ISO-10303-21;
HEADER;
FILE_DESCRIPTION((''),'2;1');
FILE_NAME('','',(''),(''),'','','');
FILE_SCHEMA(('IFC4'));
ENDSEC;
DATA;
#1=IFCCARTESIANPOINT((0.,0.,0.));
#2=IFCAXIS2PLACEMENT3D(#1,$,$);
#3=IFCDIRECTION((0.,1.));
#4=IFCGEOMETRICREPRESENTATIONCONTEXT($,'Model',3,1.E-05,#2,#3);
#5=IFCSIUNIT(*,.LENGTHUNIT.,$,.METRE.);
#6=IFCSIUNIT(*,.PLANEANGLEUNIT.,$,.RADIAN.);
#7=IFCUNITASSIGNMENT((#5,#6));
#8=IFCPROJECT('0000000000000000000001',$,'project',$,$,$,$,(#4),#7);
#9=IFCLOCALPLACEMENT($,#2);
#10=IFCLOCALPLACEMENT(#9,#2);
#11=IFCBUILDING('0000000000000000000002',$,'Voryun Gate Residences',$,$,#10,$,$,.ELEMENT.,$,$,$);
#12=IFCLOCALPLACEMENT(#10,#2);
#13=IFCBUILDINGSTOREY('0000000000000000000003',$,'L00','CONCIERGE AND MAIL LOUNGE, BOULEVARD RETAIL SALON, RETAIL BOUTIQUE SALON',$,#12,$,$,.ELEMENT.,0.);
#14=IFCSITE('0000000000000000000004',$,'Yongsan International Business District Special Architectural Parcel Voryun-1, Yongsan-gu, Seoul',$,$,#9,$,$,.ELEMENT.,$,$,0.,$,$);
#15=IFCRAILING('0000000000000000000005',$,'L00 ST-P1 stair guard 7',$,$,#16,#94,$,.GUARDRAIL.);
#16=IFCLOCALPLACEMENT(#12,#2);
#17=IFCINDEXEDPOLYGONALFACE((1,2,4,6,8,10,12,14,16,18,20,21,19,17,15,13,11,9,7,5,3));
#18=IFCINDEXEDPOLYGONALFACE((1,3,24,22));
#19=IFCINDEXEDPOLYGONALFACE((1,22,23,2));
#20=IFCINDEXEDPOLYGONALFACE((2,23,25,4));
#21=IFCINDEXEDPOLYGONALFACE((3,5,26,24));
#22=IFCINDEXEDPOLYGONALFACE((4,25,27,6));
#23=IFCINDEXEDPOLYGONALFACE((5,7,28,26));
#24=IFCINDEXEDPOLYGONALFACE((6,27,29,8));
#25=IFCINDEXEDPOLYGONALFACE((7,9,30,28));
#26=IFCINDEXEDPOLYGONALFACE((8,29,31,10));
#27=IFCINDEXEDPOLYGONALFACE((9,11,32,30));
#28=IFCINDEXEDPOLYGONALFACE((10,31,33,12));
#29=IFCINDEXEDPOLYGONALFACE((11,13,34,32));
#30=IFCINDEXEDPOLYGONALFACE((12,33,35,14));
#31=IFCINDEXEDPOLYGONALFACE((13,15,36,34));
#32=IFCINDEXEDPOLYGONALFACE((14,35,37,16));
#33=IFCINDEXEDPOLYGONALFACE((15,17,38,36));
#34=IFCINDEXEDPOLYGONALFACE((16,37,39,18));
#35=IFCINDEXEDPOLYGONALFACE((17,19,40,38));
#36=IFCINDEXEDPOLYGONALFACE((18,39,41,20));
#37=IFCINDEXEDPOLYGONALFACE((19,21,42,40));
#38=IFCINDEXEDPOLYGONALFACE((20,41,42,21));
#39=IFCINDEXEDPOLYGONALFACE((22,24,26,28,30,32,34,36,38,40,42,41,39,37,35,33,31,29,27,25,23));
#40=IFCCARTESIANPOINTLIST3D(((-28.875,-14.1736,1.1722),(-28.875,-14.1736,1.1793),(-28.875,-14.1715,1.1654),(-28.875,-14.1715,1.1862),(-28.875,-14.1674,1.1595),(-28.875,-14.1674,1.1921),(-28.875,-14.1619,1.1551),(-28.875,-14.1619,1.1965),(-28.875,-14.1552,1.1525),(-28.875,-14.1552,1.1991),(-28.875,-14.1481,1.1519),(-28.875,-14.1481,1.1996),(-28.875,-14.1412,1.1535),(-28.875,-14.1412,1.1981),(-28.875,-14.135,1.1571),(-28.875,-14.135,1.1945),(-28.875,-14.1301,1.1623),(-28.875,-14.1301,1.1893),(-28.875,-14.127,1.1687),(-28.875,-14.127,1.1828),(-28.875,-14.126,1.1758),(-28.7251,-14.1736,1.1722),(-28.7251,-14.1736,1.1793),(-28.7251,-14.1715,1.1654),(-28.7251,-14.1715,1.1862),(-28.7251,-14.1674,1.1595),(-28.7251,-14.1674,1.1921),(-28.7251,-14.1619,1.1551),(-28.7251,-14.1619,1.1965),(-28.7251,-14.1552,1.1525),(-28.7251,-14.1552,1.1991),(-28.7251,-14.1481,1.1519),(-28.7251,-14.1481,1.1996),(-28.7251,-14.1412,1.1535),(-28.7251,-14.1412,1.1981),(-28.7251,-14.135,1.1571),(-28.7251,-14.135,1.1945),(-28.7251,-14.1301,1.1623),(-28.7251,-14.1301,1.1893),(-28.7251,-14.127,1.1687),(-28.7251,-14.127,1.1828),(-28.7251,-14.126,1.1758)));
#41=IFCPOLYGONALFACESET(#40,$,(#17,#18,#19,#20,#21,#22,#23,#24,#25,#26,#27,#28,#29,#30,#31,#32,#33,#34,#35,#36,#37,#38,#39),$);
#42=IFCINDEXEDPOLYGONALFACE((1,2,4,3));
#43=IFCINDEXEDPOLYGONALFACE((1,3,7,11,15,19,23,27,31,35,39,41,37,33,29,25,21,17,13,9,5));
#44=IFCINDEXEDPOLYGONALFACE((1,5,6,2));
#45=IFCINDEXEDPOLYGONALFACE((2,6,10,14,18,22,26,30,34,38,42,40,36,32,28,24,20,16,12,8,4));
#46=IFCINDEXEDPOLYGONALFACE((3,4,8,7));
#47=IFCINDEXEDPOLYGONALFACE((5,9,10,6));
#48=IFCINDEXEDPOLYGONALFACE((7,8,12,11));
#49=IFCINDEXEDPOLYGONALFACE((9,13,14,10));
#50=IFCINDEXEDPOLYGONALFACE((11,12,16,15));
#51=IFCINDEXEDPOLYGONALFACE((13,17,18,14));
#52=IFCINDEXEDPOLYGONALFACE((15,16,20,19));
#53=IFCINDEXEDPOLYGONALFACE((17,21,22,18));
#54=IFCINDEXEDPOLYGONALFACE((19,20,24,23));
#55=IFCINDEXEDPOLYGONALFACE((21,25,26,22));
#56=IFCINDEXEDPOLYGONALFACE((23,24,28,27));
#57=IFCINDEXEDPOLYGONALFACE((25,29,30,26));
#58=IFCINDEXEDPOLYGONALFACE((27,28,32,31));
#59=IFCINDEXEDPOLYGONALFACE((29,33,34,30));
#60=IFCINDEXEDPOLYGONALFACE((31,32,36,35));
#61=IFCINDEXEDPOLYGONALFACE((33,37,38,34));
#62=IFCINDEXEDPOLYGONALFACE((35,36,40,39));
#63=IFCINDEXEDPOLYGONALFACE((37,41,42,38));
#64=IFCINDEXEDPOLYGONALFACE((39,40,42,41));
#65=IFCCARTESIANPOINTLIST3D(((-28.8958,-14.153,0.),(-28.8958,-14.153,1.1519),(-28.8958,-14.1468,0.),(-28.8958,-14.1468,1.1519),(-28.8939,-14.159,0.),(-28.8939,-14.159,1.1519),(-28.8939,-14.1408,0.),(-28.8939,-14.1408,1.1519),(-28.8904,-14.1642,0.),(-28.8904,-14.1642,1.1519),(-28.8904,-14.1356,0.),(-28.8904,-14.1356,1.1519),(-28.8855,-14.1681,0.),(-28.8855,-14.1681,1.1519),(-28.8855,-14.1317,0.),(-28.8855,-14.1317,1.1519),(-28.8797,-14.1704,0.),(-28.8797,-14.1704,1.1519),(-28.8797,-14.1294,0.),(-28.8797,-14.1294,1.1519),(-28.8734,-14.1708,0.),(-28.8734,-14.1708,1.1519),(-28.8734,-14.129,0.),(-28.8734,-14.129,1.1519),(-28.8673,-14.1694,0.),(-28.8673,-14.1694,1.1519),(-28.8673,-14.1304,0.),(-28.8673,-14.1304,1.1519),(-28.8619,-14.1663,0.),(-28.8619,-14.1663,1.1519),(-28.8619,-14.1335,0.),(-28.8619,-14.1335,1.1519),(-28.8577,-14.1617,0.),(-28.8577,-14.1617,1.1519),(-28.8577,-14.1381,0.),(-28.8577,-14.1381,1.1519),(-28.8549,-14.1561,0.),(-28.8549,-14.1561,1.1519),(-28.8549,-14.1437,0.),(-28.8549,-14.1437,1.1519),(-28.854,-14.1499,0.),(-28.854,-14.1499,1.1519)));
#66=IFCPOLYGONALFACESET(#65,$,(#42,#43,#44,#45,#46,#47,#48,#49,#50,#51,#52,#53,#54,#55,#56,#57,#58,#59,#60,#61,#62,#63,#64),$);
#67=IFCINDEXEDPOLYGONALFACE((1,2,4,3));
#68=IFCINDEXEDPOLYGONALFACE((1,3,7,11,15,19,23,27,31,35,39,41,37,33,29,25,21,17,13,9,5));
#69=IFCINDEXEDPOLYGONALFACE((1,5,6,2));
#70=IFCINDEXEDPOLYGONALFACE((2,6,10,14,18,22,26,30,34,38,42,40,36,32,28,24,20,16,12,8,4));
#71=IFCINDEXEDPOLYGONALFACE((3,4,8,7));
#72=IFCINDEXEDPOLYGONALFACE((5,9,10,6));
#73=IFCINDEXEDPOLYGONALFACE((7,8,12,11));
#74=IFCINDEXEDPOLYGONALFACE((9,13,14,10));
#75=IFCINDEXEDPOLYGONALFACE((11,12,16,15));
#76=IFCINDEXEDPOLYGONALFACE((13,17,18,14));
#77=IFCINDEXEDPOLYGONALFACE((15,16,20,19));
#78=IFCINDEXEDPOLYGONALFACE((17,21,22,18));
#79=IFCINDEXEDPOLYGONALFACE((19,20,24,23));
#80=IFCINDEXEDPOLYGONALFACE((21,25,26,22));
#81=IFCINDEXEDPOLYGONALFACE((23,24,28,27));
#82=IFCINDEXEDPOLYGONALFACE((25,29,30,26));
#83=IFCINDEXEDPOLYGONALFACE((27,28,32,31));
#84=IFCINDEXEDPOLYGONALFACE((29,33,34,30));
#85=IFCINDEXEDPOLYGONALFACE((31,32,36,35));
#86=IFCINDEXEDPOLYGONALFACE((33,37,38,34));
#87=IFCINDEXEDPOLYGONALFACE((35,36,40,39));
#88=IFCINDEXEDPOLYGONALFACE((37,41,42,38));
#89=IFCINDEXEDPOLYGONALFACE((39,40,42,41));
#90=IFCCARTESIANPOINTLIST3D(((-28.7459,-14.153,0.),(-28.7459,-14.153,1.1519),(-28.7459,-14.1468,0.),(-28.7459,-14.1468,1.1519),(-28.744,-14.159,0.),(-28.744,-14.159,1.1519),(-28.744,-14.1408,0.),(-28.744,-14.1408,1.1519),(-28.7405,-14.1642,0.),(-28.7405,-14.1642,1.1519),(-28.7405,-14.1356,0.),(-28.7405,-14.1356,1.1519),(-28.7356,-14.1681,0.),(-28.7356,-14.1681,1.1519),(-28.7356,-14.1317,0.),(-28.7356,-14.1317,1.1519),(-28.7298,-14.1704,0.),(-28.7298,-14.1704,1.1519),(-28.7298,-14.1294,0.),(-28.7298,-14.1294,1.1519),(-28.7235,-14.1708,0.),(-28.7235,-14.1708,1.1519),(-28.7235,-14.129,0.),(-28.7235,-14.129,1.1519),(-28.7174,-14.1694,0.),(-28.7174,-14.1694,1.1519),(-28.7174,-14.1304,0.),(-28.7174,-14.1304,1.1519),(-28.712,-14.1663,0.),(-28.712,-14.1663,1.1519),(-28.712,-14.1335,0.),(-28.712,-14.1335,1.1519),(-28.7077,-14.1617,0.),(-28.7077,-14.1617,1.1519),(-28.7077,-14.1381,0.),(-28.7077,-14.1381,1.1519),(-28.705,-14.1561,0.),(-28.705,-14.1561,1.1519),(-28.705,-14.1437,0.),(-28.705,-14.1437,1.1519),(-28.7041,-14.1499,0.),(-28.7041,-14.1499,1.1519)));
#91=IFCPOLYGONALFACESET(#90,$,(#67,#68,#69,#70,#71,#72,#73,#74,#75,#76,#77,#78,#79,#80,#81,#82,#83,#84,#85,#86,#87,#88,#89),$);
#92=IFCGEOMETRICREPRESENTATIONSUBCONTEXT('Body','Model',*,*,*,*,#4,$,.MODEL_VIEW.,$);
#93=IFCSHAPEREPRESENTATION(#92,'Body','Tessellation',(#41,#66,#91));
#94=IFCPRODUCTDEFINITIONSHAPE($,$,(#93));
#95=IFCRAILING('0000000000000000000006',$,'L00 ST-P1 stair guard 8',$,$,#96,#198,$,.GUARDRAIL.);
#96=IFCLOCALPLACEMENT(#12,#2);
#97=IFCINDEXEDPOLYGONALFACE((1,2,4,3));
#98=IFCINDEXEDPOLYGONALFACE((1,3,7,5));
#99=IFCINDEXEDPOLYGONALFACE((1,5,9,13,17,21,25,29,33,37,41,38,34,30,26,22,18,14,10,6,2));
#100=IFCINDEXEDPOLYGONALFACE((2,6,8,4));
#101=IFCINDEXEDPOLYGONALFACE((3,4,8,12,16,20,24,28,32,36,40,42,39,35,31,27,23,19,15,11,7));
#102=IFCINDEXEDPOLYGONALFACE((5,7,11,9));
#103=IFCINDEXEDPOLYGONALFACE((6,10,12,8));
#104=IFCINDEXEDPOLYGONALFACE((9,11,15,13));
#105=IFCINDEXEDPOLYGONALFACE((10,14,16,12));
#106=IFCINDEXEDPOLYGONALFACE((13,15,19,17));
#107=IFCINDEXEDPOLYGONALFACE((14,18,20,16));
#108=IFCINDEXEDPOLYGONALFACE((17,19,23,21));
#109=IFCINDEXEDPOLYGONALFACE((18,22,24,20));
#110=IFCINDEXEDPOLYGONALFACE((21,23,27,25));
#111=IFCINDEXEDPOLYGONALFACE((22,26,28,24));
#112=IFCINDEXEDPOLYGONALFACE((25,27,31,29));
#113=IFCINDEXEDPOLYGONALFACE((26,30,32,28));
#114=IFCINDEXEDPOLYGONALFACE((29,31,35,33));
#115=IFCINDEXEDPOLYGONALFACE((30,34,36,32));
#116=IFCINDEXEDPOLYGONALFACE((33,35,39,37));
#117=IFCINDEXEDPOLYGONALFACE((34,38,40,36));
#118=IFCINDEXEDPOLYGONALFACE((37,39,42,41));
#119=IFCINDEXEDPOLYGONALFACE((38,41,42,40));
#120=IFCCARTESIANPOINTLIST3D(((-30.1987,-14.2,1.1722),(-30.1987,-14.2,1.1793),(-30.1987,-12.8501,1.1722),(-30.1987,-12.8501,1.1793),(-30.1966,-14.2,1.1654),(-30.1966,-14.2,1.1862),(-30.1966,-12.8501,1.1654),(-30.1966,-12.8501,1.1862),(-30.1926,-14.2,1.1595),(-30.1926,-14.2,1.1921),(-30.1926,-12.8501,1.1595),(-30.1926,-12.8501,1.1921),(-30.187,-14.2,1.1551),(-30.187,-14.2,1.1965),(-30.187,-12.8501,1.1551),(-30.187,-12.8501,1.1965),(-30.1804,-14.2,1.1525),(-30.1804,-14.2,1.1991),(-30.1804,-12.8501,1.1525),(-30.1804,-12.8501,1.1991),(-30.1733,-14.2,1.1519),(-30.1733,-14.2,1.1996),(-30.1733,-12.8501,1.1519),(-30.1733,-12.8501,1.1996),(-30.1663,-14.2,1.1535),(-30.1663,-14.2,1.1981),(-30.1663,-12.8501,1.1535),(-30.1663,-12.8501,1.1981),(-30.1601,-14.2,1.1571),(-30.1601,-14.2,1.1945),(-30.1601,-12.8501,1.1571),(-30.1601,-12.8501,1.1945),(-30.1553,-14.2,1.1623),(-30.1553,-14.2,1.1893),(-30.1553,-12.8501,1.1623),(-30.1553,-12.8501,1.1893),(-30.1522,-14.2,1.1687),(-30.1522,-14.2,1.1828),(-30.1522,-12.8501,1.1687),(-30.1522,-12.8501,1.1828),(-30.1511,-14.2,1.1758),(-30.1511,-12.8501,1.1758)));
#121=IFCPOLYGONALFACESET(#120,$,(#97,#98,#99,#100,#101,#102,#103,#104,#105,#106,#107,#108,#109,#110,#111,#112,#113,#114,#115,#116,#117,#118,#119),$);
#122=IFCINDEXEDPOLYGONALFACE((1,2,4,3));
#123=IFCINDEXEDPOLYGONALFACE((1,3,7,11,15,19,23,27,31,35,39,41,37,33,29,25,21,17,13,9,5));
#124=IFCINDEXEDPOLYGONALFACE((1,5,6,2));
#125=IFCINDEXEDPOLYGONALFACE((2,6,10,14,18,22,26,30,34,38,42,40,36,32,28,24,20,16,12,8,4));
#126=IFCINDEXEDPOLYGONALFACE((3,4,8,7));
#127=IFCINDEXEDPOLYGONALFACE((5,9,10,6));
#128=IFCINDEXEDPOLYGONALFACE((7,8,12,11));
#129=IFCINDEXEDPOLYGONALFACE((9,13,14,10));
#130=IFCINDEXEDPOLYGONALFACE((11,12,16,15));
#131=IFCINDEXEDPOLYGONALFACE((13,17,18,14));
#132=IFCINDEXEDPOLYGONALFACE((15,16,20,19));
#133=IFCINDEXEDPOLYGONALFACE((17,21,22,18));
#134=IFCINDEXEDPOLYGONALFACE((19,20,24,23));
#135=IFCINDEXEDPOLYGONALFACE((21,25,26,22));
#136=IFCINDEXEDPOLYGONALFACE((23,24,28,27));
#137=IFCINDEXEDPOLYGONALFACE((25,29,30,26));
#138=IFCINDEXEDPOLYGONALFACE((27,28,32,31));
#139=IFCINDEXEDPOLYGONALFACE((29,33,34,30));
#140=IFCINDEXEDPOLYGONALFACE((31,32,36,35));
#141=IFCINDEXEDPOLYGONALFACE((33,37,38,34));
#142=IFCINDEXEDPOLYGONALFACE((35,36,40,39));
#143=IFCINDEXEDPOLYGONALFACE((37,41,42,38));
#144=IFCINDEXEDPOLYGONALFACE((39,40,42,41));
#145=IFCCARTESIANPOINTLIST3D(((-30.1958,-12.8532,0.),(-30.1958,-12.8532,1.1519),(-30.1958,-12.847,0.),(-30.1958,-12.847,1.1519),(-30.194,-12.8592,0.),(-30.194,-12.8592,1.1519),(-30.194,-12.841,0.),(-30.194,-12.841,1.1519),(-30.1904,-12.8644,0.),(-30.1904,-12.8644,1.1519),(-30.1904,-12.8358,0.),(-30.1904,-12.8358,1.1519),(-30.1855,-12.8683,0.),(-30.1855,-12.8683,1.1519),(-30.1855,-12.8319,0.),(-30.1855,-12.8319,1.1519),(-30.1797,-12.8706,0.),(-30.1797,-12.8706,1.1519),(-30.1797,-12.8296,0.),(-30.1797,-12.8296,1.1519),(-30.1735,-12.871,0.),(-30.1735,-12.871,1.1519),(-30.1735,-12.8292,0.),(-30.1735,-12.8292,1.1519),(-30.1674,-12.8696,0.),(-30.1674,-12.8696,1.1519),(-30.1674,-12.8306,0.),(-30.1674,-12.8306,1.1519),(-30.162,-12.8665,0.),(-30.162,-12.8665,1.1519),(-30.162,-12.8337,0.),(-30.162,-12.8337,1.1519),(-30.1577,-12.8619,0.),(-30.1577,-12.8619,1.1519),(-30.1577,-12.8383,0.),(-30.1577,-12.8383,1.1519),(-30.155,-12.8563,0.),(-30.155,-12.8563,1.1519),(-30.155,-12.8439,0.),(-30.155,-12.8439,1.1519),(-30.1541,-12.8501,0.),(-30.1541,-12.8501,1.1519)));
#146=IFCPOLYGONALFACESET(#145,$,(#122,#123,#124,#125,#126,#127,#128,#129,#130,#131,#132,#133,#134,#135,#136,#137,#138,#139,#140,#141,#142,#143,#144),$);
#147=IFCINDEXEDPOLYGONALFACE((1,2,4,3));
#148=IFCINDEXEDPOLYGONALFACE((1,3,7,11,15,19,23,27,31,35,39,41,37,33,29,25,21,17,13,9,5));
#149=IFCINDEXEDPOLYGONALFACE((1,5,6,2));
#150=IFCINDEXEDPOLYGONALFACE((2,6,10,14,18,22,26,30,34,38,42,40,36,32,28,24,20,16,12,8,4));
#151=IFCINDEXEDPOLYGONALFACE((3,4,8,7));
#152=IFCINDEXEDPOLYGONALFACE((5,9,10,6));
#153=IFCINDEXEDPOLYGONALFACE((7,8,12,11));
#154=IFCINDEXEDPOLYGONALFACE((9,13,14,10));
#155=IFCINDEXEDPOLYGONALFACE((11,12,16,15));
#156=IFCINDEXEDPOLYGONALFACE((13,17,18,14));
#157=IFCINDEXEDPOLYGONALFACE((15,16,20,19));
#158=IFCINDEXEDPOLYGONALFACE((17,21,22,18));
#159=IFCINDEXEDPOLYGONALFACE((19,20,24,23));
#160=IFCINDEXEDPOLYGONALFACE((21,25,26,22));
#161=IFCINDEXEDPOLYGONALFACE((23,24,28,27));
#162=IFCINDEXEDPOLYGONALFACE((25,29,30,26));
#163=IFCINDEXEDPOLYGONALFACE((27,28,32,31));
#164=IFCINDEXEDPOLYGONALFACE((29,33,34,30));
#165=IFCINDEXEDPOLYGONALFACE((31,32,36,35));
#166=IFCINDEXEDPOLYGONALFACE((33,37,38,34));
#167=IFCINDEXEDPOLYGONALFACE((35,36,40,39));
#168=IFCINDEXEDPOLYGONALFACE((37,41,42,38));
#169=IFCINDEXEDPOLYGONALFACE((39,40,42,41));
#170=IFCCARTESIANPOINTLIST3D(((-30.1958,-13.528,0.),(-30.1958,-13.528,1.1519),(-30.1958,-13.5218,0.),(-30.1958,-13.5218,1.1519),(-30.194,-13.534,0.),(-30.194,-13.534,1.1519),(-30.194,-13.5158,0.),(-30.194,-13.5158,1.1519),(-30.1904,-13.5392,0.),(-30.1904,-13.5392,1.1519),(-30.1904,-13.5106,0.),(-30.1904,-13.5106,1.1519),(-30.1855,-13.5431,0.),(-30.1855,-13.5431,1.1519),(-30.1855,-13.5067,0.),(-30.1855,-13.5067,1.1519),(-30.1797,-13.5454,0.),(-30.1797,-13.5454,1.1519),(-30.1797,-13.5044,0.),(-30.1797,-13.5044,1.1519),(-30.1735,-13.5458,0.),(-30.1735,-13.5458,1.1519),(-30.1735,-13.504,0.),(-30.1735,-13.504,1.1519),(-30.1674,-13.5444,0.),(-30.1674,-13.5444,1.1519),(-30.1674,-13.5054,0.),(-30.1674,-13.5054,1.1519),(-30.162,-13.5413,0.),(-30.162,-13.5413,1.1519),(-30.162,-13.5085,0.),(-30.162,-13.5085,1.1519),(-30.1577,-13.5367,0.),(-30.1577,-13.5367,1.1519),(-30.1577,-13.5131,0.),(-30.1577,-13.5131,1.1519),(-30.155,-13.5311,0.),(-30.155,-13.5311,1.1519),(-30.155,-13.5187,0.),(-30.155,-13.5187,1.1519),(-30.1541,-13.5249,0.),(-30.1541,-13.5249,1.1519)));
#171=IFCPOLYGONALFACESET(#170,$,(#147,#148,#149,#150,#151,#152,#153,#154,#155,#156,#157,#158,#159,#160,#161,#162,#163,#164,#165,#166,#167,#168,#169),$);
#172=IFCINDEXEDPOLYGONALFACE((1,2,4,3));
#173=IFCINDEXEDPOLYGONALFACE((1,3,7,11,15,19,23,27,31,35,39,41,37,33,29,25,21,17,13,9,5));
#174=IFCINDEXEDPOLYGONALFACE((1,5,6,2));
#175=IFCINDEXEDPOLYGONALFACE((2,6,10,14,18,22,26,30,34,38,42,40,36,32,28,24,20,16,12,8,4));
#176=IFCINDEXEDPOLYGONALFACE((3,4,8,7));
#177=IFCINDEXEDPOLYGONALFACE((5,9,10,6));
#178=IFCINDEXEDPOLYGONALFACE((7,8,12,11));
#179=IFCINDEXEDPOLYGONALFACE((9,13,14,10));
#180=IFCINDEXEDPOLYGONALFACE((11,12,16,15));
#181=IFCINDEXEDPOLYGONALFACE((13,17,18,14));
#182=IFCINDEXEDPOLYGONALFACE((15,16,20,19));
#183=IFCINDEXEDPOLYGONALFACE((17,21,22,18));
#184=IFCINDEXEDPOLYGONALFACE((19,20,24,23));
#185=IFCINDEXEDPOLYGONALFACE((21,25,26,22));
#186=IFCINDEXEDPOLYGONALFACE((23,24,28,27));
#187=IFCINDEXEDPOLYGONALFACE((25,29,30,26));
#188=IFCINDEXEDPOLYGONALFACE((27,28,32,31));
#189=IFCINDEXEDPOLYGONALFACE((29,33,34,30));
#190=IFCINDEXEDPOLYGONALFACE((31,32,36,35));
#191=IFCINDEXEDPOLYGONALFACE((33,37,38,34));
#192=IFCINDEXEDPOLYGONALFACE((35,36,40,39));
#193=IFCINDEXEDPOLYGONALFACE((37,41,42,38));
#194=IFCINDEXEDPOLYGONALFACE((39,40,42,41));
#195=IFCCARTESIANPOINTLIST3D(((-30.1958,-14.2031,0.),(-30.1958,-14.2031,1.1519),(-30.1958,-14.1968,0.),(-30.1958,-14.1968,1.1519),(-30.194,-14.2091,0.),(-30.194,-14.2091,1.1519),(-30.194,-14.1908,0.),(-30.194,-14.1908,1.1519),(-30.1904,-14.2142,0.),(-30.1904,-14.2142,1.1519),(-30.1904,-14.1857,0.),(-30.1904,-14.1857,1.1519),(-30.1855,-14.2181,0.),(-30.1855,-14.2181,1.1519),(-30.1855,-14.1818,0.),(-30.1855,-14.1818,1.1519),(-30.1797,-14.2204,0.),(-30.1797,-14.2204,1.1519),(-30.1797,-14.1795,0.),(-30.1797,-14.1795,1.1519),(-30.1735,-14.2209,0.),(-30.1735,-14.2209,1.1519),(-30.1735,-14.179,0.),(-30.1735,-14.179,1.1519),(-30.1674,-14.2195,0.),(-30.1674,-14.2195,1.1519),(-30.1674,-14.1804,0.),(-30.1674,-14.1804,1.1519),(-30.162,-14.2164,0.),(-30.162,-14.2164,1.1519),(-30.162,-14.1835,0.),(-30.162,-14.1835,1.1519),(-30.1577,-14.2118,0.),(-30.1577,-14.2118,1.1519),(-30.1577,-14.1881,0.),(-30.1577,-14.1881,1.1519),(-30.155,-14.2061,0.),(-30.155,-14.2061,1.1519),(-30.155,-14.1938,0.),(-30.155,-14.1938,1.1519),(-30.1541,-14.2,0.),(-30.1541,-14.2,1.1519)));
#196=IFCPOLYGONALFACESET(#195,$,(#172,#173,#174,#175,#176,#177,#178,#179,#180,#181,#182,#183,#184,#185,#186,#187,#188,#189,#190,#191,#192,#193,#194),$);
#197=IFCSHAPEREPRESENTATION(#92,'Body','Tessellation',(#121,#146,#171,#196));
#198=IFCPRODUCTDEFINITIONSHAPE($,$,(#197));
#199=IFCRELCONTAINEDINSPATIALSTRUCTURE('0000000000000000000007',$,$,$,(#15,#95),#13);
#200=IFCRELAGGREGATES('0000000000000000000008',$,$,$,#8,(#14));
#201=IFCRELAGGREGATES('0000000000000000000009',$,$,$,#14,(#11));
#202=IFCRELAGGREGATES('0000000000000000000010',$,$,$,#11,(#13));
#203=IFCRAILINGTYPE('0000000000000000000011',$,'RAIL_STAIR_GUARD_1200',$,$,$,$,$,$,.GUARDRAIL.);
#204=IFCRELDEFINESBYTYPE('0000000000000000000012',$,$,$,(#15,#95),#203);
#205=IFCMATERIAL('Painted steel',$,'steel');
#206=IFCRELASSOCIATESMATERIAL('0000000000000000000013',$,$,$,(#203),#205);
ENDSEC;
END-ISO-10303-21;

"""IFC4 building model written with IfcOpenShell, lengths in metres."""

from ifc_helpers import new_model, si_unit, direction, frame, origin, origin_2d, place, context, subcontext, project, spatial, circle, extrude, material, type_object, element, save


model = new_model("IFC4")

# Units and contexts
model_context = context("Model", 3, precision=1e-05, world=origin(), true_north=direction((0.0, 1.0)))
body_context = subcontext(model_context, "Body", "Model", "MODEL_VIEW")
ifc_project = project(units=[si_unit("LENGTHUNIT", "METRE"), si_unit("PLANEANGLEUNIT", "RADIAN")], contexts=[model_context])

# Site, building, storey
site_placement = place(None, origin())
site = spatial("IfcSite", under=ifc_project, at=site_placement, Name="Yongsan International Business District Special Architectural Parcel Voryun-1, Yongsan-gu, Seoul", CompositionType="ELEMENT", RefElevation=0.0)
building_placement = place(site_placement, origin())
building = spatial("IfcBuilding", under=site, at=building_placement, Name="Voryun Gate Residences", CompositionType="ELEMENT")
storey_placement = place(building_placement, origin())
storey = spatial("IfcBuildingStorey", under=building, at=storey_placement, Name="L00", Description="CONCIERGE AND MAIL LOUNGE, BOULEVARD RETAIL SALON, RETAIL BOUTIQUE SALON", CompositionType="ELEMENT", Elevation=0.0)

# Railings
ifc_material_1 = material(Name="Painted steel", Category="steel")
railing_type_1 = type_object("IfcRailingType", Name="RAIL_STAIR_GUARD_1200", PredefinedType="GUARDRAIL", material=ifc_material_1)
railing_1_placement = place(storey_placement, frame((-28.875, -14.1499, 0.0)))
element("IfcRailing", 1, at=railing_1_placement, inside=storey, type_object=railing_type_1, Name="L00 ST-P1 stair guard 7", PredefinedType="GUARDRAIL", context=body_context, shape_type="SweptSolid", body=[
    extrude(circle(Radius=0.0239, at=origin_2d()), frame((0.0, 0.0, 1.1758), z_axis=(1.0, 0.0, 0.0), x_axis=(0.0, 1.0, 0.0)), (0.0, 0.0, 1.0), 0.1499),
    extrude(circle(Radius=0.021, at=origin_2d()), origin(), (0.0, 0.0, 1.0), 1.1519),
    extrude(circle(Radius=0.021, at=origin_2d()), frame((0.1499, 0.0, 0.0)), (0.0, 0.0, 1.0), 1.1519),
])
for number, where, name in (
    (2, (-30.175, -12.8501, 0.0), "L00 ST-P1 stair guard 8"),
):
    element("IfcRailing", number, at=place(storey_placement, frame(where)), inside=storey, type_object=railing_type_1, Name=name, PredefinedType="GUARDRAIL", context=body_context, shape_type="SweptSolid", body=[
        extrude(circle(Radius=0.0239, at=origin_2d()), frame((0.0, 0.0, 1.1758), z_axis=(0.0, -1.0, 0.0), x_axis=(1.0, 0.0, 0.0)), (0.0, 0.0, 1.0), 1.3499),
        extrude(circle(Radius=0.021, at=origin_2d()), origin(), (0.0, 0.0, 1.0), 1.1519),
        extrude(circle(Radius=0.021, at=origin_2d()), frame((0.0, -0.6748, 0.0)), (0.0, 0.0, 1.0), 1.1519),
        extrude(circle(Radius=0.021, at=origin_2d()), frame((0.0, -1.3499, 0.0)), (0.0, 0.0, 1.0), 1.1519),
    ])

save(model, "model.ifc")
